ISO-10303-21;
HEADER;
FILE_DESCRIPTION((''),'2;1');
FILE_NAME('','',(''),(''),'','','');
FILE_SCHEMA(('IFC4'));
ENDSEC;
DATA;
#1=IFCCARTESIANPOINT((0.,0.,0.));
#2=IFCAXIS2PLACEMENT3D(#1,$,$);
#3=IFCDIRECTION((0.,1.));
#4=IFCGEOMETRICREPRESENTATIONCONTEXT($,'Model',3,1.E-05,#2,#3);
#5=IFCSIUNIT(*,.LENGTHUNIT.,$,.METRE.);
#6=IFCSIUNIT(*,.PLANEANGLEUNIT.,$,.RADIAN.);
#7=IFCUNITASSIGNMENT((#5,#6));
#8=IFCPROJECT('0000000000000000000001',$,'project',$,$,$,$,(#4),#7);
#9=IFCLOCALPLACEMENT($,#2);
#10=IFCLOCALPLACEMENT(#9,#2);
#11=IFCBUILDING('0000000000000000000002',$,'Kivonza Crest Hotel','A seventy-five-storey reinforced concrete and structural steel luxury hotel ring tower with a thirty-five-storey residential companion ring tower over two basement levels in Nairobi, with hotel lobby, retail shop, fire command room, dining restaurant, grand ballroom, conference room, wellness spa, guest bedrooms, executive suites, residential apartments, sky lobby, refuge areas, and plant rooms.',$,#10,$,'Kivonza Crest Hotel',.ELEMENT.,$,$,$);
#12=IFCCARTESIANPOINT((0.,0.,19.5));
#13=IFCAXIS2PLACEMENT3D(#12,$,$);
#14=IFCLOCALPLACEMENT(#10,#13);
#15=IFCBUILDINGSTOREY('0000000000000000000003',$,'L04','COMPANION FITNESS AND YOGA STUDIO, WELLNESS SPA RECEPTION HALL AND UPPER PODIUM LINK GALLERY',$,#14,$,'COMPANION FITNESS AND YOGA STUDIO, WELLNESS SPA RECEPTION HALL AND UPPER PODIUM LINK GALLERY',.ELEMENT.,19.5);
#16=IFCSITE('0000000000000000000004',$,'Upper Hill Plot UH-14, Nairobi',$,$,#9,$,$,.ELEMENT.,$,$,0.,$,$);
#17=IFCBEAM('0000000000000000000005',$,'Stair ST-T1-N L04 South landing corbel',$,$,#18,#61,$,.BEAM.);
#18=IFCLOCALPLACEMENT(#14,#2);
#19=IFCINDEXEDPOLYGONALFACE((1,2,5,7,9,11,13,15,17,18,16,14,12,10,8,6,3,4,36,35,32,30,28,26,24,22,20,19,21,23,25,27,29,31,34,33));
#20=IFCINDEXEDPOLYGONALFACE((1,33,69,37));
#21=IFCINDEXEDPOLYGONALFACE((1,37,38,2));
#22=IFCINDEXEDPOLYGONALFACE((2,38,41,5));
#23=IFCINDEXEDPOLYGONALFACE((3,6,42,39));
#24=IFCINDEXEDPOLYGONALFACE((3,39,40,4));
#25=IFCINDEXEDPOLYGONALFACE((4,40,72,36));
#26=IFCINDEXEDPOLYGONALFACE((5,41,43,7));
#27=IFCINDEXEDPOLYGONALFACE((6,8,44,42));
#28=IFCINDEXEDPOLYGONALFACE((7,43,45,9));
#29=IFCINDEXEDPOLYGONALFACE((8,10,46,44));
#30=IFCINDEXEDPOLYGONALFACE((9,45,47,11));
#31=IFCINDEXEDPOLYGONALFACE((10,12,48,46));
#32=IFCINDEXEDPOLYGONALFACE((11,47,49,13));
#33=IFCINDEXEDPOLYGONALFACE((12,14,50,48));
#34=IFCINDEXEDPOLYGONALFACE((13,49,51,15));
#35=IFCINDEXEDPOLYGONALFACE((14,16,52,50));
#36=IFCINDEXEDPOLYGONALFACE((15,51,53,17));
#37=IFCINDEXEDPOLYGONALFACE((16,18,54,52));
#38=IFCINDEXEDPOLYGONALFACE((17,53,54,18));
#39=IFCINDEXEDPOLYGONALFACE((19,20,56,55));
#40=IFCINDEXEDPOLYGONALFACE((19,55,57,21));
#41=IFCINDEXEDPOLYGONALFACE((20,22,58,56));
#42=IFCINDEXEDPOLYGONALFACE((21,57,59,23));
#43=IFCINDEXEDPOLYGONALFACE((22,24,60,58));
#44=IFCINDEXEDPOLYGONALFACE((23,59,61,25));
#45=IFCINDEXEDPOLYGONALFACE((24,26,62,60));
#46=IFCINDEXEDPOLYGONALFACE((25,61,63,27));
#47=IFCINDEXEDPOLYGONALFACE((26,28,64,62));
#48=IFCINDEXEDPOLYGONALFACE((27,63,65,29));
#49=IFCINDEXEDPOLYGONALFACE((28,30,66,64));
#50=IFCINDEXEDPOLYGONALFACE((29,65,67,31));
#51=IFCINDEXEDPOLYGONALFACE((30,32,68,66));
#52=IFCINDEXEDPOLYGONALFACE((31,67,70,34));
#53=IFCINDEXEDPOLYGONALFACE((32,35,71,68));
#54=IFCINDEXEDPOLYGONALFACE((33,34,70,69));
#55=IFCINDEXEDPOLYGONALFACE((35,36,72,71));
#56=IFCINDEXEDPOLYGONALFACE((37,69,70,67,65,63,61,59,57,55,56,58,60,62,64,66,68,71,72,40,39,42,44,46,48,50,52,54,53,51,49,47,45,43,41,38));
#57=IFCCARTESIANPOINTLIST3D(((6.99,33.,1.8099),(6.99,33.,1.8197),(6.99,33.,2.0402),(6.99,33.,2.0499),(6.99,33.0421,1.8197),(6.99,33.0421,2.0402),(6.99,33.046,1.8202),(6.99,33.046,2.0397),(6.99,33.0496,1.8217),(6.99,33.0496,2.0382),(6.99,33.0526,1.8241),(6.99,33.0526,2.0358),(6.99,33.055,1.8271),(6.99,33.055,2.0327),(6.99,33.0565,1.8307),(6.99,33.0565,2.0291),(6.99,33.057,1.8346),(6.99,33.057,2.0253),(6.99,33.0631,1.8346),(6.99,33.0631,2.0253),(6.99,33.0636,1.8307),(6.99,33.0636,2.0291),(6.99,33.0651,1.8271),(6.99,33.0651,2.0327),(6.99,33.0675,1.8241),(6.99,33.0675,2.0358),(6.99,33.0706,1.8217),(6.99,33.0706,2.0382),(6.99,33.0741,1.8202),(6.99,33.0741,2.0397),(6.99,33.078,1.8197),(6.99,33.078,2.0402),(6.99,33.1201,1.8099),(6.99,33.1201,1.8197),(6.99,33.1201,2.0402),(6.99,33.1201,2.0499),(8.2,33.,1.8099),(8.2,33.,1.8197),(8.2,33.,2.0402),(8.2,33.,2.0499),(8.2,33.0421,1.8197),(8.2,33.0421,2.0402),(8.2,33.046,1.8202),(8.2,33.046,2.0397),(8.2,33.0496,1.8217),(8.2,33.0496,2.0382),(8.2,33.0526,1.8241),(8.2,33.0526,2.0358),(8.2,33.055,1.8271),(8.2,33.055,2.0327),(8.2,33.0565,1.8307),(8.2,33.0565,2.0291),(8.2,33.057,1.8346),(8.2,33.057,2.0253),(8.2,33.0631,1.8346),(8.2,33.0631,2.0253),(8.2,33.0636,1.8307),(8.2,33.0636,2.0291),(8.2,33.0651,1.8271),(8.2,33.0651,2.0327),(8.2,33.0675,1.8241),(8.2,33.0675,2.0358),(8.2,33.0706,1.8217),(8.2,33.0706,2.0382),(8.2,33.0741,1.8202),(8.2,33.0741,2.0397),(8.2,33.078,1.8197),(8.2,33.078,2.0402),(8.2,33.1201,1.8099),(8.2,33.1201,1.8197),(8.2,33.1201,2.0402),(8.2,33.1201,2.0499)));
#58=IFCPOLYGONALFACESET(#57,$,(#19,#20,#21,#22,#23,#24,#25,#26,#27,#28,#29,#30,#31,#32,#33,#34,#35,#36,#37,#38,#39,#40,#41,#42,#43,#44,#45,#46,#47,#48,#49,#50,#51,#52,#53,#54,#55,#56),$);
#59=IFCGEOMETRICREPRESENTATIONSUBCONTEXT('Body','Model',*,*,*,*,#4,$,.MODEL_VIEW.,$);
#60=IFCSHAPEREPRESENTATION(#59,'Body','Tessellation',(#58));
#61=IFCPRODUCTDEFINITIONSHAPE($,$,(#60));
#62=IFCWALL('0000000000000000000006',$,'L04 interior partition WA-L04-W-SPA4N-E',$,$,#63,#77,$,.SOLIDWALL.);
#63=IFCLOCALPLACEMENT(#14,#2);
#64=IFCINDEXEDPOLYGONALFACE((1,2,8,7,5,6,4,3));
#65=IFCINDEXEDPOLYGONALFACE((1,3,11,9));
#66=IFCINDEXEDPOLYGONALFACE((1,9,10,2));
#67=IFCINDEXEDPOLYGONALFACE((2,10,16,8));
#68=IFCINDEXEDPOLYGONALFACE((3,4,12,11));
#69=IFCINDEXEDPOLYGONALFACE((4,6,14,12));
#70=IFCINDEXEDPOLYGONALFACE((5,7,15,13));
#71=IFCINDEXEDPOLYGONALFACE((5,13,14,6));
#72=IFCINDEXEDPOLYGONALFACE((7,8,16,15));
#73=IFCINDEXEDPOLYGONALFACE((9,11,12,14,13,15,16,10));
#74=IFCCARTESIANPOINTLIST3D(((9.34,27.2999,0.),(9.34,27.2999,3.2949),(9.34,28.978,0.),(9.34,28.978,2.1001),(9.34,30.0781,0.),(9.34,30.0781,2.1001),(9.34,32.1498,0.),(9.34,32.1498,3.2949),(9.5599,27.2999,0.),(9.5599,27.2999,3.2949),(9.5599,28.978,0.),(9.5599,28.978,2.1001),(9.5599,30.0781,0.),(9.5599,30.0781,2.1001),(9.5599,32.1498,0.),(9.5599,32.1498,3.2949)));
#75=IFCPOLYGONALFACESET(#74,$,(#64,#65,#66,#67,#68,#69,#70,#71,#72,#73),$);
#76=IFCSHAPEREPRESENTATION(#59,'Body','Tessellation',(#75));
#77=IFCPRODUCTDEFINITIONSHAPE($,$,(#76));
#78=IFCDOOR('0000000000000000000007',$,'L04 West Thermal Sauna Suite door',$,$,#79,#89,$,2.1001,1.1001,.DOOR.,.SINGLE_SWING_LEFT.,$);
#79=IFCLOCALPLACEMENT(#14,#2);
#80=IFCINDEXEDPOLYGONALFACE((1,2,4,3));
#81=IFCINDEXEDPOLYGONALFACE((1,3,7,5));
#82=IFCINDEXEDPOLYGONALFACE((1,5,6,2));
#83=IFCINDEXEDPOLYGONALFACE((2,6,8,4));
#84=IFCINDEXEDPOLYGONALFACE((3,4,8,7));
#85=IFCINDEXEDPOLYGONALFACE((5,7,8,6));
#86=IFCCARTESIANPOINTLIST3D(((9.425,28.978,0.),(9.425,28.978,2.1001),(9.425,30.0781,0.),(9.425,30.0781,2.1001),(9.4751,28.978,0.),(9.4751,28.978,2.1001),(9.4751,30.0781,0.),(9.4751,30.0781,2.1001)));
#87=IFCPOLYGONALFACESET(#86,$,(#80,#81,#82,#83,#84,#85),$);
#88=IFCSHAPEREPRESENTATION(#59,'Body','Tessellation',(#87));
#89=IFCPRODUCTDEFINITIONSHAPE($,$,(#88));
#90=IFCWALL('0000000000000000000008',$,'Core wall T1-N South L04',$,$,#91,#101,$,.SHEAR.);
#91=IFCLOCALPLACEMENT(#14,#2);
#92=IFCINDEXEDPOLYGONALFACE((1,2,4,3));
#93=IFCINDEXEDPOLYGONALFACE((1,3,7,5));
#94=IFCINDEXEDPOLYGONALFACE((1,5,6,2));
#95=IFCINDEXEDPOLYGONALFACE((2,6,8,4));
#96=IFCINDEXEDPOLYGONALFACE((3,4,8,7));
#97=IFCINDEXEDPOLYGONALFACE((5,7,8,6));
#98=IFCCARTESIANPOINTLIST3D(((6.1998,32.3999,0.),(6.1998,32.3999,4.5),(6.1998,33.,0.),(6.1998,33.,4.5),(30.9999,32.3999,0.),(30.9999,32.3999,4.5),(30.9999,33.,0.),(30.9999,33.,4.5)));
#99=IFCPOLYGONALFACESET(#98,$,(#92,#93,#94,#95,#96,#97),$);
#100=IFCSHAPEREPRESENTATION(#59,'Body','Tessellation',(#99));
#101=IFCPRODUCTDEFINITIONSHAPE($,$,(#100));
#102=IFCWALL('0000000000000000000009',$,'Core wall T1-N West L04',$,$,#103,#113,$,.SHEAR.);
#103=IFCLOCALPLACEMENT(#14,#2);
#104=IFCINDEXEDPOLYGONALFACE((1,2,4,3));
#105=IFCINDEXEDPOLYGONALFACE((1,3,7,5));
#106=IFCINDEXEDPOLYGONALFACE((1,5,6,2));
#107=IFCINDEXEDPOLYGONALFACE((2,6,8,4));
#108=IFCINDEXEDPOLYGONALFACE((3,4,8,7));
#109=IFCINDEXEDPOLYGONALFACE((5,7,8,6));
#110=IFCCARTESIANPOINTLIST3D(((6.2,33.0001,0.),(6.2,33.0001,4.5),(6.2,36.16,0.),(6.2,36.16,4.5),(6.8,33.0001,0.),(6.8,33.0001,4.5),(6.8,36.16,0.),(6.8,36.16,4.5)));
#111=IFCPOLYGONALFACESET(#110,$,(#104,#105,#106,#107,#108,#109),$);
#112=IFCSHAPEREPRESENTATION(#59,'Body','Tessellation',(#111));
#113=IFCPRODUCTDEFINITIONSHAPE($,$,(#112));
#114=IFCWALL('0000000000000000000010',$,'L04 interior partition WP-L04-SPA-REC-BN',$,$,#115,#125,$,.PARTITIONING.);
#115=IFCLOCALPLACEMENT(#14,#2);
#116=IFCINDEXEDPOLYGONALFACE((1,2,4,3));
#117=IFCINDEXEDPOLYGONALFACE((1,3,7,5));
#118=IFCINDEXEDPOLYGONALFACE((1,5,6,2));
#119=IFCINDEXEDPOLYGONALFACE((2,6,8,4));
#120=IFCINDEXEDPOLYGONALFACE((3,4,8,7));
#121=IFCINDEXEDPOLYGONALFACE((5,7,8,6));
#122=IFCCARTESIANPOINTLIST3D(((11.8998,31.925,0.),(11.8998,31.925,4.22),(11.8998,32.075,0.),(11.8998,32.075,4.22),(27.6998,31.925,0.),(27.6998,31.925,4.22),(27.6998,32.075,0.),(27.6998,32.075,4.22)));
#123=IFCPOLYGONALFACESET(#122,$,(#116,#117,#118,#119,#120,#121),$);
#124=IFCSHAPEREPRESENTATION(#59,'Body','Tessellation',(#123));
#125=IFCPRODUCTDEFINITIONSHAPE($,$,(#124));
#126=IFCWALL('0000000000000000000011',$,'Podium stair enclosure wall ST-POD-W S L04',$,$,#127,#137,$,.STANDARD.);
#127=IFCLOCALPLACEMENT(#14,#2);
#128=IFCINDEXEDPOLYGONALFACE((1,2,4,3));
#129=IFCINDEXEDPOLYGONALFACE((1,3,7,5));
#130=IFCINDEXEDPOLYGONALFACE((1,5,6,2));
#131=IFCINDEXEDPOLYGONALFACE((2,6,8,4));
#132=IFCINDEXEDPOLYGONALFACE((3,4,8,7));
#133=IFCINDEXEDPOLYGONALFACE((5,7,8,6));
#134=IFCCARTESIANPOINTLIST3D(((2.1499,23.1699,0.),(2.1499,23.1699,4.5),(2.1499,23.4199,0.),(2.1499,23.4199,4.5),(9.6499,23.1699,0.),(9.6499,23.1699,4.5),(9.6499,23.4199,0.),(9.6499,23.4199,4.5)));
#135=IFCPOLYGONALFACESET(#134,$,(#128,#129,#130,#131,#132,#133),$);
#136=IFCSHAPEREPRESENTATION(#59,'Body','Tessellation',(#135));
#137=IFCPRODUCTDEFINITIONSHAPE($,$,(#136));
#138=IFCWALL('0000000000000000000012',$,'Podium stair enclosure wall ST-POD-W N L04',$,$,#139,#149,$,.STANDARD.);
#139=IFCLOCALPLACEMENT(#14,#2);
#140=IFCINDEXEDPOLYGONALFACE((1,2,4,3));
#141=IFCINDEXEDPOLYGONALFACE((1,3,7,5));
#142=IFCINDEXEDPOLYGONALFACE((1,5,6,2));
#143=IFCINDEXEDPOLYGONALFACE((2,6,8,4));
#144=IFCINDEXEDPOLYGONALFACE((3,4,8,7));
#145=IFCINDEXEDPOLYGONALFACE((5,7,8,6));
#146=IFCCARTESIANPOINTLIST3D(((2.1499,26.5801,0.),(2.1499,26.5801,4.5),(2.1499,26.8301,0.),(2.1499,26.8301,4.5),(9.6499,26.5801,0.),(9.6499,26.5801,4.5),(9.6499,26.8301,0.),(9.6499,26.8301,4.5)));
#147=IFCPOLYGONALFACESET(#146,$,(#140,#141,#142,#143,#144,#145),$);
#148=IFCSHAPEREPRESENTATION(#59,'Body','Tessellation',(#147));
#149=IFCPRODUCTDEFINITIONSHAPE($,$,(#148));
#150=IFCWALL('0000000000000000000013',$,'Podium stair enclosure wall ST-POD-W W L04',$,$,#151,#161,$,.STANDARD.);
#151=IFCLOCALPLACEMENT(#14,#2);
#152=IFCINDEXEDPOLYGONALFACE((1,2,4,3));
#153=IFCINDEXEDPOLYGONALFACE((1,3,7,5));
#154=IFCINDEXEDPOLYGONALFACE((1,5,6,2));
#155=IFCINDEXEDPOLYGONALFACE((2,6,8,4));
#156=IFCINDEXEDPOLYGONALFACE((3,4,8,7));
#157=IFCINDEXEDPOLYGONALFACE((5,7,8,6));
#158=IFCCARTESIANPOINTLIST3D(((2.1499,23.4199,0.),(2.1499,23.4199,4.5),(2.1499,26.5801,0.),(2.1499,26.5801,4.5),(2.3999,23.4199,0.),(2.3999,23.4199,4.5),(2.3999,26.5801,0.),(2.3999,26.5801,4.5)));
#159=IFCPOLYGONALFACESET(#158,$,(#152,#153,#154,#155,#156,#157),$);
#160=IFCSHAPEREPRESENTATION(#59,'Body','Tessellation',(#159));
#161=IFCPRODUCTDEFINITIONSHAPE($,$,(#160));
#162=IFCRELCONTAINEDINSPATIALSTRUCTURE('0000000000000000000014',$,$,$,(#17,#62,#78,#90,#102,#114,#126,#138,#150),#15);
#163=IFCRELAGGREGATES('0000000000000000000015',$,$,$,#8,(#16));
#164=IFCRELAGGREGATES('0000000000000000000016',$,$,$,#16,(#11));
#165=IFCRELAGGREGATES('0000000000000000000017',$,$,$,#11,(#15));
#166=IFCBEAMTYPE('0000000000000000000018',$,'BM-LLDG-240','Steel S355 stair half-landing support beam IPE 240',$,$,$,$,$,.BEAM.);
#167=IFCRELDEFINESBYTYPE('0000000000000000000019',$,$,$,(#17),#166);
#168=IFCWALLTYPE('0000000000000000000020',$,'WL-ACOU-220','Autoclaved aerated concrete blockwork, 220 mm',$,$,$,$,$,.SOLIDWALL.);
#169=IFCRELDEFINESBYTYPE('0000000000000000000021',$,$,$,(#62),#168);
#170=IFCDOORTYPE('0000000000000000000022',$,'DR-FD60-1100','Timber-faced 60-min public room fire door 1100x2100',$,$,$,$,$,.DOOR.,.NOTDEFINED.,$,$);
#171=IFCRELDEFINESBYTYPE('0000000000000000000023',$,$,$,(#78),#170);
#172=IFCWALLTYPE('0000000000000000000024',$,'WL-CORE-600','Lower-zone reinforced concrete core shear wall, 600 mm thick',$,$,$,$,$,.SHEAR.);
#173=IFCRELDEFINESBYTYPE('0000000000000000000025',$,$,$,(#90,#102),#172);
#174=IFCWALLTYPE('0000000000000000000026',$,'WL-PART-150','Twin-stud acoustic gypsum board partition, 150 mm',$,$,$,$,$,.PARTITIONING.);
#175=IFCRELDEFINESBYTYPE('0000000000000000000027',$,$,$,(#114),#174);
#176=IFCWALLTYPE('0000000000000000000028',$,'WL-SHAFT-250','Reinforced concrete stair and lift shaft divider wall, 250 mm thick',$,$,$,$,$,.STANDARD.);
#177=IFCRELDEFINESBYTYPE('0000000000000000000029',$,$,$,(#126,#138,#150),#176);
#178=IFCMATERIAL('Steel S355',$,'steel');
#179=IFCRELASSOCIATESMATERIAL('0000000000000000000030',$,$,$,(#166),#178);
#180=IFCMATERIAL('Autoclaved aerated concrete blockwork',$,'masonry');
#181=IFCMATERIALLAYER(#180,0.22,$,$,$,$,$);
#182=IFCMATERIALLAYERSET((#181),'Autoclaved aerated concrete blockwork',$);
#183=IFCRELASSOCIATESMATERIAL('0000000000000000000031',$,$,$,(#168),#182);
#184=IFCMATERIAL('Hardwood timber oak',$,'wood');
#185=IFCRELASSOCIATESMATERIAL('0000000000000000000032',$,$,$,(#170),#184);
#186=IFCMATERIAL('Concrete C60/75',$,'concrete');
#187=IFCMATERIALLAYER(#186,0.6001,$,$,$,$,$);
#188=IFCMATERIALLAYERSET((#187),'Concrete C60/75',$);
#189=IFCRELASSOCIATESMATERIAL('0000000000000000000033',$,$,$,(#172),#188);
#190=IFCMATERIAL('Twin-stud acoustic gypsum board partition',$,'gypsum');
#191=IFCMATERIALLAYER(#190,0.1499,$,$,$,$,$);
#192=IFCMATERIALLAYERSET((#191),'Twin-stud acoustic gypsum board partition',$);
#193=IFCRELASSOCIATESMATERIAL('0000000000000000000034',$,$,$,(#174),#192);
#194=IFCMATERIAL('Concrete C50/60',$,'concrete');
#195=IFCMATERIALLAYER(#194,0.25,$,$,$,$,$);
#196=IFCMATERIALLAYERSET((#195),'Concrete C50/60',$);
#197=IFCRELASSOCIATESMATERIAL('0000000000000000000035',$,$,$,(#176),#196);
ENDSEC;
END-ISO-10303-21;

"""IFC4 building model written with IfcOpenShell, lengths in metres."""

from ifc_helpers import new_model, si_unit, direction, frame, frame_2d, origin, origin_2d, place, context, subcontext, project, spatial, rectangle, i_section, extrude, material, layer, layer_set, material_profile, profile_set, type_object, element, fill, save


model = new_model("IFC4")

# Units and contexts
model_context = context("Model", 3, precision=1e-05, world=origin(), true_north=direction((0.0, 1.0)))
body_context = subcontext(model_context, "Body", "Model", "MODEL_VIEW")
ifc_project = project(units=[si_unit("LENGTHUNIT", "METRE"), si_unit("PLANEANGLEUNIT", "RADIAN")], contexts=[model_context])

# Site, building, storey
site_placement = place(None, origin())
site = spatial("IfcSite", under=ifc_project, at=site_placement, Name="Upper Hill Plot UH-14, Nairobi", CompositionType="ELEMENT", RefElevation=0.0)
building_placement = place(site_placement, origin())
building = spatial("IfcBuilding", under=site, at=building_placement, Name="Kivonza Crest Hotel", Description="A seventy-five-storey reinforced concrete and structural steel luxury hotel ring tower with a thirty-five-storey residential companion ring tower over two basement levels in Nairobi, with hotel lobby, retail shop, fire command room, dining restaurant, grand ballroom, conference room, wellness spa, guest bedrooms, executive suites, residential apartments, sky lobby, refuge areas, and plant rooms.", LongName="Kivonza Crest Hotel", CompositionType="ELEMENT")
storey_placement = place(building_placement, frame((0.0, 0.0, 19.5)))
storey = spatial("IfcBuildingStorey", under=building, at=storey_placement, Name="L04", Description="COMPANION FITNESS AND YOGA STUDIO, WELLNESS SPA RECEPTION HALL AND UPPER PODIUM LINK GALLERY", LongName="COMPANION FITNESS AND YOGA STUDIO, WELLNESS SPA RECEPTION HALL AND UPPER PODIUM LINK GALLERY", CompositionType="ELEMENT", Elevation=19.5)

# Shared definitions
ifc_material_1 = material(Name="Concrete C60/75", Category="concrete")

# Beam
ifc_material_2 = material(Name="Steel S355", Category="steel")
ifc_material_profile_1 = material_profile(ifc_material_2, i_section(OverallWidth=0.1201, OverallDepth=0.24, WebThickness=0.0061, FlangeThickness=0.0098, FilletRadius=0.0149, at=origin_2d()), Name="IPE 240")
ifc_profile_set_1 = profile_set([ifc_material_profile_1], Name="Steel S355")
beam_type_1 = type_object("IfcBeamType", Name="BM-LLDG-240", Description="Steel S355 stair half-landing support beam IPE 240", PredefinedType="BEAM", material=ifc_profile_set_1)
beam_1_placement = place(storey_placement, frame((6.99, 33.0601, 1.9299), z_axis=(1.0, 0.0, 0.0), x_axis=(0.0, 1.0, 0.0)))
element("IfcBeam", 1, at=beam_1_placement, inside=storey, type_object=beam_type_1, Name="Stair ST-T1-N L04 South landing corbel", PredefinedType="BEAM", context=body_context, shape_type="SweptSolid", body=[
    extrude(i_section(OverallWidth=0.1201, OverallDepth=0.24, WebThickness=0.0061, FlangeThickness=0.0098, FilletRadius=0.0149, at=origin_2d()), origin(), (0.0, 0.0, 1.0), 1.21),
])

# Wall, opening, door
ifc_material_3 = material(Name="Autoclaved aerated concrete blockwork", Category="masonry")
ifc_layer_1 = layer(ifc_material_3, 0.22)
ifc_layer_set_1 = layer_set([ifc_layer_1], Name="Autoclaved aerated concrete blockwork")
wall_type_1 = type_object("IfcWallType", Name="WL-ACOU-220", Description="Autoclaved aerated concrete blockwork, 220 mm", PredefinedType="SOLIDWALL", material=ifc_layer_set_1)
wall_1_placement = place(storey_placement, frame((9.45, 27.3, 0.0), z_axis=(0.0, 0.0, 1.0), x_axis=(0.0, 1.0, 0.0)))
wall_1 = element("IfcWall", 2, at=wall_1_placement, inside=storey, type_object=wall_type_1, Name="L04 interior partition WA-L04-W-SPA4N-E", PredefinedType="SOLIDWALL", context=body_context, shape_type="SweptSolid", body=[
    extrude(rectangle(XDim=4.8499, YDim=0.22, at=frame_2d((2.4248, 0.0))), origin(), (0.0, 0.0, 1.0), 3.2949),
])
opening_1_placement = place(wall_1_placement, frame((1.678, 0.0, 0.0)))
opening_1 = element("IfcOpeningElement", 3, at=opening_1_placement, cuts=wall_1, PredefinedType="OPENING", context=body_context, shape_type="SweptSolid", body=[
    extrude(rectangle(XDim=1.1001, YDim=2.1001, at=frame_2d((0.55, 1.05))), frame((0.0, 0.1201, 0.0), z_axis=(0.0, -1.0, 0.0), x_axis=(1.0, 0.0, 0.0)), (0.0, 0.0, 1.0), 0.24),
])
ifc_material_4 = material(Name="Hardwood timber oak", Category="wood")
door_type_1 = type_object("IfcDoorType", Name="DR-FD60-1100", Description="Timber-faced 60-min public room fire door 1100x2100", OperationType="NOTDEFINED", PredefinedType="DOOR", material=ifc_material_4)
door_1_placement = place(opening_1_placement, origin())
door_1 = element("IfcDoor", 4, at=door_1_placement, inside=storey, type_object=door_type_1, Name="L04 West Thermal Sauna Suite door", OperationType="SINGLE_SWING_LEFT", OverallHeight=2.1001, OverallWidth=1.1001, PredefinedType="DOOR", context=body_context, shape_type="SweptSolid", body=[
    extrude(rectangle(XDim=1.1001, YDim=2.1001, at=frame_2d((0.55, 1.05))), frame((0.0, 0.0249, 0.0), z_axis=(0.0, -1.0, 0.0), x_axis=(1.0, 0.0, 0.0)), (0.0, 0.0, 1.0), 0.05),
])
fill(opening_1, door_1)

# Walls
ifc_layer_2 = layer(ifc_material_1, 0.6001)
ifc_layer_set_2 = layer_set([ifc_layer_2], Name="Concrete C60/75")
wall_type_2 = type_object("IfcWallType", Name="WL-CORE-600", Description="Lower-zone reinforced concrete core shear wall, 600 mm thick", PredefinedType="SHEAR", material=ifc_layer_set_2)
wall_2_placement = place(storey_placement, frame((6.2, 32.7, 0.0), z_axis=(0.0, 0.0, 1.0), x_axis=(1.0, 0.0, 0.0)))
element("IfcWall", 5, at=wall_2_placement, inside=storey, type_object=wall_type_2, Name="Core wall T1-N South L04", PredefinedType="SHEAR", context=body_context, shape_type="SweptSolid", body=[
    extrude(rectangle(XDim=24.8, YDim=0.6001, at=frame_2d((12.3999, 0.0))), origin(), (0.0, 0.0, 1.0), 4.5),
])
wall_3_placement = place(storey_placement, frame((6.5, 33.0, 0.0), z_axis=(0.0, 0.0, 1.0), x_axis=(0.0, 1.0, 0.0)))
element("IfcWall", 6, at=wall_3_placement, inside=storey, type_object=wall_type_2, Name="Core wall T1-N West L04", PredefinedType="SHEAR", context=body_context, shape_type="SweptSolid", body=[
    extrude(rectangle(XDim=3.1599, YDim=0.6001, at=frame_2d((1.5801, 0.0))), origin(), (0.0, 0.0, 1.0), 4.5),
])
ifc_material_5 = material(Name="Twin-stud acoustic gypsum board partition", Category="gypsum")
ifc_layer_3 = layer(ifc_material_5, 0.1499)
ifc_layer_set_3 = layer_set([ifc_layer_3], Name="Twin-stud acoustic gypsum board partition")
wall_type_3 = type_object("IfcWallType", Name="WL-PART-150", Description="Twin-stud acoustic gypsum board partition, 150 mm", PredefinedType="PARTITIONING", material=ifc_layer_set_3)
wall_4_placement = place(storey_placement, frame((11.8999, 32.0, 0.0), z_axis=(0.0, 0.0, 1.0), x_axis=(1.0, 0.0, 0.0)))
element("IfcWall", 7, at=wall_4_placement, inside=storey, type_object=wall_type_3, Name="L04 interior partition WP-L04-SPA-REC-BN", PredefinedType="PARTITIONING", context=body_context, shape_type="SweptSolid", body=[
    extrude(rectangle(XDim=15.8, YDim=0.1499, at=frame_2d((7.8999, 0.0))), origin(), (0.0, 0.0, 1.0), 4.22),
])

# Shared definitions
ifc_material_6 = material(Name="Concrete C50/60", Category="concrete")
ifc_layer_4 = layer(ifc_material_6, 0.25)
ifc_layer_set_4 = layer_set([ifc_layer_4], Name="Concrete C50/60")
wall_type_4 = type_object("IfcWallType", Name="WL-SHAFT-250", Description="Reinforced concrete stair and lift shaft divider wall, 250 mm thick", PredefinedType="STANDARD", material=ifc_layer_set_4)

# Walls
for number, where, z_axis, x_axis, name in (
    (8, (2.1499, 23.2949, 0.0), (0.0, 0.0, 1.0), (1.0, 0.0, 0.0), "Podium stair enclosure wall ST-POD-W S L04"),
    (9, (2.1499, 26.7051, 0.0), (0.0, 0.0, 1.0), (1.0, 0.0, 0.0), "Podium stair enclosure wall ST-POD-W N L04"),
):
    element("IfcWall", number, at=place(storey_placement, frame(where, z_axis=z_axis, x_axis=x_axis)), inside=storey, type_object=wall_type_4, Name=name, PredefinedType="STANDARD", context=body_context, shape_type="SweptSolid", body=[
        extrude(rectangle(XDim=7.5, YDim=0.25, at=frame_2d((3.75, 0.0))), origin(), (0.0, 0.0, 1.0), 4.5),
    ])
wall_5_placement = place(storey_placement, frame((2.2749, 23.4199, 0.0), z_axis=(0.0, 0.0, 1.0), x_axis=(0.0, 1.0, 0.0)))
element("IfcWall", 10, at=wall_5_placement, inside=storey, type_object=wall_type_4, Name="Podium stair enclosure wall ST-POD-W W L04", PredefinedType="STANDARD", context=body_context, shape_type="SweptSolid", body=[
    extrude(rectangle(XDim=3.1602, YDim=0.25, at=frame_2d((1.5801, 0.0))), origin(), (0.0, 0.0, 1.0), 4.5),
])

save(model, "model.ifc")
